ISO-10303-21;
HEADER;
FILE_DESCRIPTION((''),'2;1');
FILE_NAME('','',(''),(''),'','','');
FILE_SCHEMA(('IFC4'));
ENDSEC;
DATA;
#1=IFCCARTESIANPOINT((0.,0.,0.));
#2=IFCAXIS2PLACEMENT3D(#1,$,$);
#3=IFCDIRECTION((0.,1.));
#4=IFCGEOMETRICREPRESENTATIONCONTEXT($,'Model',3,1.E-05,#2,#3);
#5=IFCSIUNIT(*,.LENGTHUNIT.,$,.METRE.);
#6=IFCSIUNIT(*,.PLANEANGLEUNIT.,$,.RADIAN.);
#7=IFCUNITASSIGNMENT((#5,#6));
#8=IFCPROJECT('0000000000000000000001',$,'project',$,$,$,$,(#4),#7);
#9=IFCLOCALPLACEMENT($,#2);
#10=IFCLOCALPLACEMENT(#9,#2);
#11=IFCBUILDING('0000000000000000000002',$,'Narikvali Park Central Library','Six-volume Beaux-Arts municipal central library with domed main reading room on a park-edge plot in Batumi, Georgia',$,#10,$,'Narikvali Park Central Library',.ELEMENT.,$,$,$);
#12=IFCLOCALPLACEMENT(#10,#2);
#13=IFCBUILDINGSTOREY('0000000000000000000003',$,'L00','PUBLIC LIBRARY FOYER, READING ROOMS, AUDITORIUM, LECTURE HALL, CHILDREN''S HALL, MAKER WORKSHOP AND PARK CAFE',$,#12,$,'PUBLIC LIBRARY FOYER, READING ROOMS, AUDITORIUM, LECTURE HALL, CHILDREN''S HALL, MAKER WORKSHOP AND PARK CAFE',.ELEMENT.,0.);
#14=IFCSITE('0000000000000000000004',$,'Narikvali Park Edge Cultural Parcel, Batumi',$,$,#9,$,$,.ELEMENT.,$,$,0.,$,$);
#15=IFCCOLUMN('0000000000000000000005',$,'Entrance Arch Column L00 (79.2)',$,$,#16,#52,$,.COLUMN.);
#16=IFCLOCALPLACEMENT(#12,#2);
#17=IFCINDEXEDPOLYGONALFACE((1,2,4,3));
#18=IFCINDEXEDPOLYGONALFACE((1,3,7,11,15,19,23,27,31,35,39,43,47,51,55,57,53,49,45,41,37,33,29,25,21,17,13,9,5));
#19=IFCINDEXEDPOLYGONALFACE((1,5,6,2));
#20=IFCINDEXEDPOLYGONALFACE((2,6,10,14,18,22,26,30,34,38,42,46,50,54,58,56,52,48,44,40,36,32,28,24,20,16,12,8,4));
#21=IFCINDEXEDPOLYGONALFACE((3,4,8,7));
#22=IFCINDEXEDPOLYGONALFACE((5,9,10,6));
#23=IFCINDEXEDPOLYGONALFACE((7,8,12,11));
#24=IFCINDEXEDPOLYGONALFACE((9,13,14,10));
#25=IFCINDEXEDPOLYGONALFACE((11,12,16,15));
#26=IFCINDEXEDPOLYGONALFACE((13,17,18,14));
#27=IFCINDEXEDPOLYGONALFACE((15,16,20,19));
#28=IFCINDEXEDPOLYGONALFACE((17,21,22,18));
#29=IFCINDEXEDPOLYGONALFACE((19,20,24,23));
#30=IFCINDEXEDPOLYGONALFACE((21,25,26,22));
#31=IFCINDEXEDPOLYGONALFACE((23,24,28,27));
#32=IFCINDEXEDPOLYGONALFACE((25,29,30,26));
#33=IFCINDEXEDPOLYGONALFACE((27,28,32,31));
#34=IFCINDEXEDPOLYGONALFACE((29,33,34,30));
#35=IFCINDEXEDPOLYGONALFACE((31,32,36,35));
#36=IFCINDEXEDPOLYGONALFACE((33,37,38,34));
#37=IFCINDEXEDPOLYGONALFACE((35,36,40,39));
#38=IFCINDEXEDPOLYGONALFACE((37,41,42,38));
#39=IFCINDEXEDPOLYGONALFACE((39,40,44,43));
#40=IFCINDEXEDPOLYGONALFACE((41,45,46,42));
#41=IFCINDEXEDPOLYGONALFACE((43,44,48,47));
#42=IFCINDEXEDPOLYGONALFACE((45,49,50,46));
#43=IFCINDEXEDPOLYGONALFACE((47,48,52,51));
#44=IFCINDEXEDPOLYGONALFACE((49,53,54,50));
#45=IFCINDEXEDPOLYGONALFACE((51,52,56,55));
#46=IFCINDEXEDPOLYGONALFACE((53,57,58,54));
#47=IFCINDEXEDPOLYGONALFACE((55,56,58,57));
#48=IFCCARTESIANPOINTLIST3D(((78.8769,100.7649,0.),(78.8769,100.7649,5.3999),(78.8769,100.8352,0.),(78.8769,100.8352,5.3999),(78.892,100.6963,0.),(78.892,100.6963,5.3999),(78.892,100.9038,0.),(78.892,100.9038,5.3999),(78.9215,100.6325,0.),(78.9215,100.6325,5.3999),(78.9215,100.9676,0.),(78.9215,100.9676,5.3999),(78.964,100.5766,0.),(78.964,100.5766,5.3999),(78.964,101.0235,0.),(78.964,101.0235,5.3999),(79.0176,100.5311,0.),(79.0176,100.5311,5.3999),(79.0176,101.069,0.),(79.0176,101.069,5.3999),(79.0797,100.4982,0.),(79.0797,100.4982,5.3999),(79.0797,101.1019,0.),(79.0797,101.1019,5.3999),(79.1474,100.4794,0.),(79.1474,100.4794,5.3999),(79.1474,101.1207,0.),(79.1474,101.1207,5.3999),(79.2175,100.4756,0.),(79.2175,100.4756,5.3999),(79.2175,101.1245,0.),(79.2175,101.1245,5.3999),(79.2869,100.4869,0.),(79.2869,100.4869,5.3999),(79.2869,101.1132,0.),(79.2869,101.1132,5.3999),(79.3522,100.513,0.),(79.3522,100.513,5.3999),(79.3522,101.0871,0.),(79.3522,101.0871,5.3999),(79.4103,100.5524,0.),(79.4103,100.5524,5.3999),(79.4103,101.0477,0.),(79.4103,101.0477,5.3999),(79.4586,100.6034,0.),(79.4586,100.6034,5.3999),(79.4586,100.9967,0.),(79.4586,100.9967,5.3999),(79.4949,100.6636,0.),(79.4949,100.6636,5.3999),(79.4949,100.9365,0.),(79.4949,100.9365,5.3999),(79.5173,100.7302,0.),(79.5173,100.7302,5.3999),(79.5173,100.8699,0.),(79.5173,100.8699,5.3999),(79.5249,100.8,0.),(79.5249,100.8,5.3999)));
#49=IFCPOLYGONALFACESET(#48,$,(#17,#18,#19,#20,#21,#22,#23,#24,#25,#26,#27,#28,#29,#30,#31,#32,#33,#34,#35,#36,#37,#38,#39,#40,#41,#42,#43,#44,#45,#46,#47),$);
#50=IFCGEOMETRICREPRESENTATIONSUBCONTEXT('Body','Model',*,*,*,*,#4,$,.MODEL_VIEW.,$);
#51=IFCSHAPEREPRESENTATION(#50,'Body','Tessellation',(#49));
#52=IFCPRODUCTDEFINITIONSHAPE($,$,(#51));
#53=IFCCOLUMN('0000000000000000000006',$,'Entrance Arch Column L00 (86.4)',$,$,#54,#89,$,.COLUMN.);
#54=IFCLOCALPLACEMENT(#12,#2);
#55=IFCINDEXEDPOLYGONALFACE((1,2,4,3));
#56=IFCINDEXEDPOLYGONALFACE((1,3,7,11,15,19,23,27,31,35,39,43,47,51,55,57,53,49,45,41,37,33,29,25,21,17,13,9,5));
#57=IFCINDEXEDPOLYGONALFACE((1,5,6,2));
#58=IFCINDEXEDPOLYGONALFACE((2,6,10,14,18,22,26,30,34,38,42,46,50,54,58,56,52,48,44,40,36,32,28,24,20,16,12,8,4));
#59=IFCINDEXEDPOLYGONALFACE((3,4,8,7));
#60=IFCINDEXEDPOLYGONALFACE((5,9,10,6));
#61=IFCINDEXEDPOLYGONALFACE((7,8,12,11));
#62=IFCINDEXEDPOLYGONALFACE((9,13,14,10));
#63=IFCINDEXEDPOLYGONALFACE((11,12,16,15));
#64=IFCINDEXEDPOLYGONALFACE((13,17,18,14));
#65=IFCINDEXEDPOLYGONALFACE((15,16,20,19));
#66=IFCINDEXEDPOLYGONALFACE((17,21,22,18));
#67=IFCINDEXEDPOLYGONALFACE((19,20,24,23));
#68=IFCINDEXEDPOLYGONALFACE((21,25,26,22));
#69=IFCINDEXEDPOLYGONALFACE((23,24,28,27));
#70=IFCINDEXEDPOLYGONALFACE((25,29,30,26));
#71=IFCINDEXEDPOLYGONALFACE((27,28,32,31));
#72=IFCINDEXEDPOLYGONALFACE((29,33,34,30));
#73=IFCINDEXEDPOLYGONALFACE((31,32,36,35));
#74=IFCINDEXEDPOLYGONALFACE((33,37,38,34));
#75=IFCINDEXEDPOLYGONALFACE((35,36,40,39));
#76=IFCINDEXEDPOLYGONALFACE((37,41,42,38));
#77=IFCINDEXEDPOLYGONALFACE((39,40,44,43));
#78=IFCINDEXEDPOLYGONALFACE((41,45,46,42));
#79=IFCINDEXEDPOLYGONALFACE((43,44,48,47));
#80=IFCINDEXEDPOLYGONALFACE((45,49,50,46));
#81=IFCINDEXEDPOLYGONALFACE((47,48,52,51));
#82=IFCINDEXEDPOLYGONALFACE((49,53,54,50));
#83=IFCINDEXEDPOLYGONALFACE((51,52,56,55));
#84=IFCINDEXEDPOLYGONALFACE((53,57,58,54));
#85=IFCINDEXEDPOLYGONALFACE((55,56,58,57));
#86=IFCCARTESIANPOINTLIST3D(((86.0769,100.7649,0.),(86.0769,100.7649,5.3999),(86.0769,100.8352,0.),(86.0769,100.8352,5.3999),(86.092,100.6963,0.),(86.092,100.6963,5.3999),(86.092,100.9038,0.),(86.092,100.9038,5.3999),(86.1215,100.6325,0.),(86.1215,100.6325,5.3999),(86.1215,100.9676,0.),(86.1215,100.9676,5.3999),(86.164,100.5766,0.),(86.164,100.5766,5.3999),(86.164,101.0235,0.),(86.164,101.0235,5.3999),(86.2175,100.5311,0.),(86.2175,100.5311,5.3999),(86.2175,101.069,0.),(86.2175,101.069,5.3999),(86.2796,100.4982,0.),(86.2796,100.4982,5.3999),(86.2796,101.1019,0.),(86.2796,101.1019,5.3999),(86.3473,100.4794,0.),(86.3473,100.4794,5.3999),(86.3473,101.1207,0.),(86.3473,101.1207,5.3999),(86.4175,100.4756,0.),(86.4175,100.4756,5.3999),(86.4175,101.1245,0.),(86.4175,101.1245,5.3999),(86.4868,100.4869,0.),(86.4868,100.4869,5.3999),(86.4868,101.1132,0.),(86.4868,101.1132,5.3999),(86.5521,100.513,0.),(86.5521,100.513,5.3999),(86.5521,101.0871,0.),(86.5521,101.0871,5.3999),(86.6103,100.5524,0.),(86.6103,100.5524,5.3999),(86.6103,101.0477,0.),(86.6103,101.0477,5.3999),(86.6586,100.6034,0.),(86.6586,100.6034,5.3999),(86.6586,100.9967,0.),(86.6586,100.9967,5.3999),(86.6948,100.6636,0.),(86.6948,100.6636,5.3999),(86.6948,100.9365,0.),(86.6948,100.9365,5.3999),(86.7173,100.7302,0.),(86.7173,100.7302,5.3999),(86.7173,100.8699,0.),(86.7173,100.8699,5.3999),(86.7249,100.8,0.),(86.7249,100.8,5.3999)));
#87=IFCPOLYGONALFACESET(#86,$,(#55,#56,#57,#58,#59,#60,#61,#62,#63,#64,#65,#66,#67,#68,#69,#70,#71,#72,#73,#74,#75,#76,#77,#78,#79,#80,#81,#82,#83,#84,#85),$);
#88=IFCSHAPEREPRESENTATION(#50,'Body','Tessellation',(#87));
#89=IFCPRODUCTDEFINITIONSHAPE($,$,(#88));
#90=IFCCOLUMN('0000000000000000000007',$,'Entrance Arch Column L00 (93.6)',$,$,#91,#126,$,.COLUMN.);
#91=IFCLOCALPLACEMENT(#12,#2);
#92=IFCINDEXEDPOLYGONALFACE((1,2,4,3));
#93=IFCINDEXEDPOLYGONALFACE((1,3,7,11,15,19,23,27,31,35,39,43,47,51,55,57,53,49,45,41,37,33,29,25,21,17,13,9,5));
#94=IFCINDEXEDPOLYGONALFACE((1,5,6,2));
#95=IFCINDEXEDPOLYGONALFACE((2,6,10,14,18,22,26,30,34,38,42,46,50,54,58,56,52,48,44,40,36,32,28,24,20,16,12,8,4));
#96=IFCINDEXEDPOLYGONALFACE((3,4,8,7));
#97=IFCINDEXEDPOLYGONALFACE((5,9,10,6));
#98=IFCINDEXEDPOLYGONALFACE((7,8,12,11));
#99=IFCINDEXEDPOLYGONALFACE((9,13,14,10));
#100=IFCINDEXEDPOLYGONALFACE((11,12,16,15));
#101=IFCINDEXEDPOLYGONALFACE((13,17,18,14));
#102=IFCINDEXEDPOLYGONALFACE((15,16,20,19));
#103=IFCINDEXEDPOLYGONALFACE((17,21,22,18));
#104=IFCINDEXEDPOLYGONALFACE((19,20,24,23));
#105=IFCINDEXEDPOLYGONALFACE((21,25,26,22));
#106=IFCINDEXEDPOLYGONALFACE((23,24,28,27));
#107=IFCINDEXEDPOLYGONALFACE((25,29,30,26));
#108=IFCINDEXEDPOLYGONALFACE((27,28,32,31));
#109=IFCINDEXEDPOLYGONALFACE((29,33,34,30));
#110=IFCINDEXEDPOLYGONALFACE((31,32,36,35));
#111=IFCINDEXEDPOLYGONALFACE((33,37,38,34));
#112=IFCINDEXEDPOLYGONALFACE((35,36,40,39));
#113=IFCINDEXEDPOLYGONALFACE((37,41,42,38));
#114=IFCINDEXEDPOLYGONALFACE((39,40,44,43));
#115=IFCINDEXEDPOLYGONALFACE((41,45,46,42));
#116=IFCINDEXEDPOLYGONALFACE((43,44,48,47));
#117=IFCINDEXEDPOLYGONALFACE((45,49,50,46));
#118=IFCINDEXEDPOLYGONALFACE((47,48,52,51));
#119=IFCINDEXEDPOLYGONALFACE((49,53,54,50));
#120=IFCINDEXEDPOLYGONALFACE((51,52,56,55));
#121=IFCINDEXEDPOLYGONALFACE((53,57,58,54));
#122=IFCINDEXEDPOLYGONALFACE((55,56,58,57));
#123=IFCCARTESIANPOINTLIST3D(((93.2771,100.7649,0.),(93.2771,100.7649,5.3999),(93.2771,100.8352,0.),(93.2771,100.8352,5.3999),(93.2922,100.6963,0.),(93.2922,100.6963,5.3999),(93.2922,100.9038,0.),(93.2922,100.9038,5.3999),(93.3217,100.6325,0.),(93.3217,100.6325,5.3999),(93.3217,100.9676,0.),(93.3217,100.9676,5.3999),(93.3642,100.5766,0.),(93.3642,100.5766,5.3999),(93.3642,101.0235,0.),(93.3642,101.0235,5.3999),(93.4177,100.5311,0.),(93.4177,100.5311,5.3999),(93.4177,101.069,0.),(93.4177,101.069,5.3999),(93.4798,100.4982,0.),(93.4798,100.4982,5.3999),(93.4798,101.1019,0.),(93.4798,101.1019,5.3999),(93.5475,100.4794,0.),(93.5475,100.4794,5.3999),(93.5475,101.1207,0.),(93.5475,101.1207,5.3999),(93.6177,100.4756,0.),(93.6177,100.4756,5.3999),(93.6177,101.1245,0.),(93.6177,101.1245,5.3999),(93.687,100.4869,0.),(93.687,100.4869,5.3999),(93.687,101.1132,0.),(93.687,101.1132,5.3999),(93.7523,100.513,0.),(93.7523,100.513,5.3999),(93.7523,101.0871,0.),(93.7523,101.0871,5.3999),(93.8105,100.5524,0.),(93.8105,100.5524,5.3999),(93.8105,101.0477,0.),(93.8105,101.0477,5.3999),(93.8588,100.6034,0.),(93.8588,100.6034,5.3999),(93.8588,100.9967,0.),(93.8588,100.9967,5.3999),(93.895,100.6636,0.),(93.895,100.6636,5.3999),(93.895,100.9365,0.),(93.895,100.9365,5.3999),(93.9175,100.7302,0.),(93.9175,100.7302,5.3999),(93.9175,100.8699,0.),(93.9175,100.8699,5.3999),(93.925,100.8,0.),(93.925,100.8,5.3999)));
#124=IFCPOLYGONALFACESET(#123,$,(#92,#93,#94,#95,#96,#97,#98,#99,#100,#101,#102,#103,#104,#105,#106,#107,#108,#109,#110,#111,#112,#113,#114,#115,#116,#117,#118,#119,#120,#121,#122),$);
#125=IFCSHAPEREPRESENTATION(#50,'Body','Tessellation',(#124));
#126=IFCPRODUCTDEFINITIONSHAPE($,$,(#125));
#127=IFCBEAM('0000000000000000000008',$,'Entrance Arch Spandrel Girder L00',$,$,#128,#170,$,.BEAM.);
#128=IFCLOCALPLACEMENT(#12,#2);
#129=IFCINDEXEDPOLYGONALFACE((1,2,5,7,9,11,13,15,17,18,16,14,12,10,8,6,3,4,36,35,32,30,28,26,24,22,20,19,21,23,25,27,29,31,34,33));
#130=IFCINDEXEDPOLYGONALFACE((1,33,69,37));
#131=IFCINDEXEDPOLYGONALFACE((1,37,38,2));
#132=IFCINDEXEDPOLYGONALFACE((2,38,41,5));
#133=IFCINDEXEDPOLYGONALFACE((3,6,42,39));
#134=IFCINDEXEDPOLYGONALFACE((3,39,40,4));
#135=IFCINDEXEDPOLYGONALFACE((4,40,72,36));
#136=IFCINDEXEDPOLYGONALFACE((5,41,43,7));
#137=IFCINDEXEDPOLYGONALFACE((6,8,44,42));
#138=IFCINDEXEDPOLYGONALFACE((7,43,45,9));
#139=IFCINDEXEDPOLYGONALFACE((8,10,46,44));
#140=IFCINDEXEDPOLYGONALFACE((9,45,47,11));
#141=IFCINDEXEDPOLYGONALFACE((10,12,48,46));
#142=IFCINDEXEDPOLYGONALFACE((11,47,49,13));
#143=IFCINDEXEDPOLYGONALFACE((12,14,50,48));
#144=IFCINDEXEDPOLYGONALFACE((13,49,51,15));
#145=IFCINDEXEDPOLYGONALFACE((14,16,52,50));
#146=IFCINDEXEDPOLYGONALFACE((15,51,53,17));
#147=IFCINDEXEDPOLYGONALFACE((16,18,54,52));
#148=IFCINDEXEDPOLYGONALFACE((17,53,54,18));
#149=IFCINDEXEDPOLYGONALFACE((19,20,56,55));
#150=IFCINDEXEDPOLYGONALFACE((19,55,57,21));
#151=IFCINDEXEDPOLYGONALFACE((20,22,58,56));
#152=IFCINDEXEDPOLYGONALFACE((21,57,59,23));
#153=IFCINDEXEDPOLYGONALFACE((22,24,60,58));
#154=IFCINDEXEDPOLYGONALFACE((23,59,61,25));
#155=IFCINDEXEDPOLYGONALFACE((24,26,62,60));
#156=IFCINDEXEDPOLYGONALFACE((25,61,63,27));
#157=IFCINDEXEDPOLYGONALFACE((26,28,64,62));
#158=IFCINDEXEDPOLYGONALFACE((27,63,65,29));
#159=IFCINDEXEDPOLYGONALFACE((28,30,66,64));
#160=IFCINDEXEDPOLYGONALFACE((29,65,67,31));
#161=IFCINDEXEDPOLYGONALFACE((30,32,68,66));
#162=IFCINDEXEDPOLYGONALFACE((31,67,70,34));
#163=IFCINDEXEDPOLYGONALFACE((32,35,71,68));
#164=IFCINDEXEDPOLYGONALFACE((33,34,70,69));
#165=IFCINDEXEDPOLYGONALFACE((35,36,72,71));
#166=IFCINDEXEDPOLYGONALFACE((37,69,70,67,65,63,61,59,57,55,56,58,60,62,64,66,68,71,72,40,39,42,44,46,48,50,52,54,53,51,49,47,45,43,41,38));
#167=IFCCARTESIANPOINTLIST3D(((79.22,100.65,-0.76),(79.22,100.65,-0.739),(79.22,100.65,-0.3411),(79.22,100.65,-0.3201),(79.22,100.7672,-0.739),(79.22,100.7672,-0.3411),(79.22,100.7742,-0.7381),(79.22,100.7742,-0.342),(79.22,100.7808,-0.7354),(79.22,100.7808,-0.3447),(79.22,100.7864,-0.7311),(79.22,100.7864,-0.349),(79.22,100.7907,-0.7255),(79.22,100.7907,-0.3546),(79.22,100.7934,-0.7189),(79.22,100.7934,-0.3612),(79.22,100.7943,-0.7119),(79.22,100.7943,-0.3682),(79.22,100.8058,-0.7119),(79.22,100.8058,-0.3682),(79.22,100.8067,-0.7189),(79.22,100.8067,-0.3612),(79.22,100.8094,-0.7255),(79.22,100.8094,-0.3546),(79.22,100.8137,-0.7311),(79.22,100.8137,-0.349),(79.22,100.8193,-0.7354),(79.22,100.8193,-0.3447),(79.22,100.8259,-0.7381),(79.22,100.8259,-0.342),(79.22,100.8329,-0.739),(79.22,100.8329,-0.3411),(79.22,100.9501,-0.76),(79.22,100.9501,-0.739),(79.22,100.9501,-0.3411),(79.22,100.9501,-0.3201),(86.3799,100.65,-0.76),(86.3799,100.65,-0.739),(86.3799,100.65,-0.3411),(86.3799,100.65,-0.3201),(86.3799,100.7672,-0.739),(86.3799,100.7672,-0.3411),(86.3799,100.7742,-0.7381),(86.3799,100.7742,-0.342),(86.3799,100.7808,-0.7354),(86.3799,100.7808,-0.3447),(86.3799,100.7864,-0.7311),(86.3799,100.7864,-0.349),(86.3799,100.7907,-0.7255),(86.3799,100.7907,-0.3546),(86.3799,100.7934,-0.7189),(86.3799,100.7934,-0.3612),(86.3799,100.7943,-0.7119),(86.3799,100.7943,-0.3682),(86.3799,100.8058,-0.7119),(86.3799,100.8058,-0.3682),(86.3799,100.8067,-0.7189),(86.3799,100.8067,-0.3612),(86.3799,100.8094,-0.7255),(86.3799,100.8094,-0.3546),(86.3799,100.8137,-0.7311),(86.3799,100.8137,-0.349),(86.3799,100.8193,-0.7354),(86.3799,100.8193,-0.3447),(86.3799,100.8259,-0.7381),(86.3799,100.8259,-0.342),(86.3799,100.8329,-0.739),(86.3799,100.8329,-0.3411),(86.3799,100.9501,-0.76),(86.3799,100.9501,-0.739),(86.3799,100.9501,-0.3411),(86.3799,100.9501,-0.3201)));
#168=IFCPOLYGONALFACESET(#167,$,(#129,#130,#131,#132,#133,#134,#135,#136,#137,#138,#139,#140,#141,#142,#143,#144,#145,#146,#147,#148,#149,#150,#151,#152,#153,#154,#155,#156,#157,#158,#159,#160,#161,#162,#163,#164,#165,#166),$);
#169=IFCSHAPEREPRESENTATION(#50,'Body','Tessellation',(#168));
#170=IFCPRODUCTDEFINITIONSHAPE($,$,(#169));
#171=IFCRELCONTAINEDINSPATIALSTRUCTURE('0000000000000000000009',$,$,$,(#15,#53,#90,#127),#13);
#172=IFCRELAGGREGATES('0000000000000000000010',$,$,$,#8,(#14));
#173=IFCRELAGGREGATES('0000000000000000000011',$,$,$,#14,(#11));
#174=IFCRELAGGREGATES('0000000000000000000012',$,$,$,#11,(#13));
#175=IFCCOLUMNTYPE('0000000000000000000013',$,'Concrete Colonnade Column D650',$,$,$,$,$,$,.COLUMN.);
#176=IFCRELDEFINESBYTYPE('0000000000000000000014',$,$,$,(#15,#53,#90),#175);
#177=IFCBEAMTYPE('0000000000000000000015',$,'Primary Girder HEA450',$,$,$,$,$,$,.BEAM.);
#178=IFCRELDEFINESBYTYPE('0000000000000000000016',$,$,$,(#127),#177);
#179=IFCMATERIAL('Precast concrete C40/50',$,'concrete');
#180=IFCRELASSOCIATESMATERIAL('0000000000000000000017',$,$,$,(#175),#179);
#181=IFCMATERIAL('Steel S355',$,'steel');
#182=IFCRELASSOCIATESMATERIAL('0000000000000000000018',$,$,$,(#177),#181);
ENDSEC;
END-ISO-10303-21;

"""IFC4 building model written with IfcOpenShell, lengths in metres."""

from ifc_helpers import new_model, si_unit, direction, frame, origin, origin_2d, place, context, subcontext, project, spatial, circle, i_section, extrude, material, material_profile, profile_set, type_object, element, save


model = new_model("IFC4")

# Units and contexts
model_context = context("Model", 3, precision=1e-05, world=origin(), true_north=direction((0.0, 1.0)))
body_context = subcontext(model_context, "Body", "Model", "MODEL_VIEW")
ifc_project = project(units=[si_unit("LENGTHUNIT", "METRE"), si_unit("PLANEANGLEUNIT", "RADIAN")], contexts=[model_context])

# Site, building, storey
site_placement = place(None, origin())
site = spatial("IfcSite", under=ifc_project, at=site_placement, Name="Narikvali Park Edge Cultural Parcel, Batumi", CompositionType="ELEMENT", RefElevation=0.0)
building_placement = place(site_placement, origin())
building = spatial("IfcBuilding", under=site, at=building_placement, Name="Narikvali Park Central Library", Description="Six-volume Beaux-Arts municipal central library with domed main reading room on a park-edge plot in Batumi, Georgia", LongName="Narikvali Park Central Library", CompositionType="ELEMENT")
storey_placement = place(building_placement, origin())
storey = spatial("IfcBuildingStorey", under=building, at=storey_placement, Name="L00", Description="PUBLIC LIBRARY FOYER, READING ROOMS, AUDITORIUM, LECTURE HALL, CHILDREN'S HALL, MAKER WORKSHOP AND PARK CAFE", LongName="PUBLIC LIBRARY FOYER, READING ROOMS, AUDITORIUM, LECTURE HALL, CHILDREN'S HALL, MAKER WORKSHOP AND PARK CAFE", CompositionType="ELEMENT", Elevation=0.0)

# Columns
ifc_material_1 = material(Name="Precast concrete C40/50", Category="concrete")
ifc_material_profile_1 = material_profile(ifc_material_1, circle(Radius=0.325, at=origin_2d()), Name="COL D650")
ifc_profile_set_1 = profile_set([ifc_material_profile_1], Name="Precast concrete C40/50")
column_type = type_object("IfcColumnType", Name="Concrete Colonnade Column D650", PredefinedType="COLUMN", material=ifc_profile_set_1)
for number, where, z_axis, x_axis, name in (
    (1, (79.2, 100.8, 0.0), (0.0, 0.0, 1.0), (1.0, 0.0, 0.0), "Entrance Arch Column L00 (79.2)"),
    (2, (86.3999, 100.8, 0.0), (0.0, 0.0, 1.0), (1.0, 0.0, 0.0), "Entrance Arch Column L00 (86.4)"),
    (3, (93.6001, 100.8, 0.0), (0.0, 0.0, 1.0), (1.0, 0.0, 0.0), "Entrance Arch Column L00 (93.6)"),
):
    element("IfcColumn", number, at=place(storey_placement, frame(where, z_axis=z_axis, x_axis=x_axis)), inside=storey, type_object=column_type, Name=name, PredefinedType="COLUMN", context=body_context, shape_type="SweptSolid", body=[
        extrude(circle(Radius=0.325, at=origin_2d()), origin(), (0.0, 0.0, 1.0), 5.3999),
    ])

# Beam
ifc_material_2 = material(Name="Steel S355", Category="steel")
ifc_material_profile_2 = material_profile(ifc_material_2, i_section(OverallWidth=0.3, OverallDepth=0.4399, WebThickness=0.0115, FlangeThickness=0.021, FilletRadius=0.0271, at=origin_2d()), Name="HEA 450")
ifc_profile_set_2 = profile_set([ifc_material_profile_2], Name="Steel S355")
beam_type = type_object("IfcBeamType", Name="Primary Girder HEA450", PredefinedType="BEAM", material=ifc_profile_set_2)
beam_1_placement = place(storey_placement, frame((79.22, 100.8, -0.54), z_axis=(1.0, 0.0, 0.0), x_axis=(0.0, 1.0, 0.0)))
element("IfcBeam", 4, at=beam_1_placement, inside=storey, type_object=beam_type, Name="Entrance Arch Spandrel Girder L00", PredefinedType="BEAM", context=body_context, shape_type="SweptSolid", body=[
    extrude(i_section(OverallWidth=0.3, OverallDepth=0.4399, WebThickness=0.0115, FlangeThickness=0.021, FilletRadius=0.0271, at=origin_2d()), origin(), (0.0, 0.0, 1.0), 7.1599),
])

save(model, "model.ifc")
